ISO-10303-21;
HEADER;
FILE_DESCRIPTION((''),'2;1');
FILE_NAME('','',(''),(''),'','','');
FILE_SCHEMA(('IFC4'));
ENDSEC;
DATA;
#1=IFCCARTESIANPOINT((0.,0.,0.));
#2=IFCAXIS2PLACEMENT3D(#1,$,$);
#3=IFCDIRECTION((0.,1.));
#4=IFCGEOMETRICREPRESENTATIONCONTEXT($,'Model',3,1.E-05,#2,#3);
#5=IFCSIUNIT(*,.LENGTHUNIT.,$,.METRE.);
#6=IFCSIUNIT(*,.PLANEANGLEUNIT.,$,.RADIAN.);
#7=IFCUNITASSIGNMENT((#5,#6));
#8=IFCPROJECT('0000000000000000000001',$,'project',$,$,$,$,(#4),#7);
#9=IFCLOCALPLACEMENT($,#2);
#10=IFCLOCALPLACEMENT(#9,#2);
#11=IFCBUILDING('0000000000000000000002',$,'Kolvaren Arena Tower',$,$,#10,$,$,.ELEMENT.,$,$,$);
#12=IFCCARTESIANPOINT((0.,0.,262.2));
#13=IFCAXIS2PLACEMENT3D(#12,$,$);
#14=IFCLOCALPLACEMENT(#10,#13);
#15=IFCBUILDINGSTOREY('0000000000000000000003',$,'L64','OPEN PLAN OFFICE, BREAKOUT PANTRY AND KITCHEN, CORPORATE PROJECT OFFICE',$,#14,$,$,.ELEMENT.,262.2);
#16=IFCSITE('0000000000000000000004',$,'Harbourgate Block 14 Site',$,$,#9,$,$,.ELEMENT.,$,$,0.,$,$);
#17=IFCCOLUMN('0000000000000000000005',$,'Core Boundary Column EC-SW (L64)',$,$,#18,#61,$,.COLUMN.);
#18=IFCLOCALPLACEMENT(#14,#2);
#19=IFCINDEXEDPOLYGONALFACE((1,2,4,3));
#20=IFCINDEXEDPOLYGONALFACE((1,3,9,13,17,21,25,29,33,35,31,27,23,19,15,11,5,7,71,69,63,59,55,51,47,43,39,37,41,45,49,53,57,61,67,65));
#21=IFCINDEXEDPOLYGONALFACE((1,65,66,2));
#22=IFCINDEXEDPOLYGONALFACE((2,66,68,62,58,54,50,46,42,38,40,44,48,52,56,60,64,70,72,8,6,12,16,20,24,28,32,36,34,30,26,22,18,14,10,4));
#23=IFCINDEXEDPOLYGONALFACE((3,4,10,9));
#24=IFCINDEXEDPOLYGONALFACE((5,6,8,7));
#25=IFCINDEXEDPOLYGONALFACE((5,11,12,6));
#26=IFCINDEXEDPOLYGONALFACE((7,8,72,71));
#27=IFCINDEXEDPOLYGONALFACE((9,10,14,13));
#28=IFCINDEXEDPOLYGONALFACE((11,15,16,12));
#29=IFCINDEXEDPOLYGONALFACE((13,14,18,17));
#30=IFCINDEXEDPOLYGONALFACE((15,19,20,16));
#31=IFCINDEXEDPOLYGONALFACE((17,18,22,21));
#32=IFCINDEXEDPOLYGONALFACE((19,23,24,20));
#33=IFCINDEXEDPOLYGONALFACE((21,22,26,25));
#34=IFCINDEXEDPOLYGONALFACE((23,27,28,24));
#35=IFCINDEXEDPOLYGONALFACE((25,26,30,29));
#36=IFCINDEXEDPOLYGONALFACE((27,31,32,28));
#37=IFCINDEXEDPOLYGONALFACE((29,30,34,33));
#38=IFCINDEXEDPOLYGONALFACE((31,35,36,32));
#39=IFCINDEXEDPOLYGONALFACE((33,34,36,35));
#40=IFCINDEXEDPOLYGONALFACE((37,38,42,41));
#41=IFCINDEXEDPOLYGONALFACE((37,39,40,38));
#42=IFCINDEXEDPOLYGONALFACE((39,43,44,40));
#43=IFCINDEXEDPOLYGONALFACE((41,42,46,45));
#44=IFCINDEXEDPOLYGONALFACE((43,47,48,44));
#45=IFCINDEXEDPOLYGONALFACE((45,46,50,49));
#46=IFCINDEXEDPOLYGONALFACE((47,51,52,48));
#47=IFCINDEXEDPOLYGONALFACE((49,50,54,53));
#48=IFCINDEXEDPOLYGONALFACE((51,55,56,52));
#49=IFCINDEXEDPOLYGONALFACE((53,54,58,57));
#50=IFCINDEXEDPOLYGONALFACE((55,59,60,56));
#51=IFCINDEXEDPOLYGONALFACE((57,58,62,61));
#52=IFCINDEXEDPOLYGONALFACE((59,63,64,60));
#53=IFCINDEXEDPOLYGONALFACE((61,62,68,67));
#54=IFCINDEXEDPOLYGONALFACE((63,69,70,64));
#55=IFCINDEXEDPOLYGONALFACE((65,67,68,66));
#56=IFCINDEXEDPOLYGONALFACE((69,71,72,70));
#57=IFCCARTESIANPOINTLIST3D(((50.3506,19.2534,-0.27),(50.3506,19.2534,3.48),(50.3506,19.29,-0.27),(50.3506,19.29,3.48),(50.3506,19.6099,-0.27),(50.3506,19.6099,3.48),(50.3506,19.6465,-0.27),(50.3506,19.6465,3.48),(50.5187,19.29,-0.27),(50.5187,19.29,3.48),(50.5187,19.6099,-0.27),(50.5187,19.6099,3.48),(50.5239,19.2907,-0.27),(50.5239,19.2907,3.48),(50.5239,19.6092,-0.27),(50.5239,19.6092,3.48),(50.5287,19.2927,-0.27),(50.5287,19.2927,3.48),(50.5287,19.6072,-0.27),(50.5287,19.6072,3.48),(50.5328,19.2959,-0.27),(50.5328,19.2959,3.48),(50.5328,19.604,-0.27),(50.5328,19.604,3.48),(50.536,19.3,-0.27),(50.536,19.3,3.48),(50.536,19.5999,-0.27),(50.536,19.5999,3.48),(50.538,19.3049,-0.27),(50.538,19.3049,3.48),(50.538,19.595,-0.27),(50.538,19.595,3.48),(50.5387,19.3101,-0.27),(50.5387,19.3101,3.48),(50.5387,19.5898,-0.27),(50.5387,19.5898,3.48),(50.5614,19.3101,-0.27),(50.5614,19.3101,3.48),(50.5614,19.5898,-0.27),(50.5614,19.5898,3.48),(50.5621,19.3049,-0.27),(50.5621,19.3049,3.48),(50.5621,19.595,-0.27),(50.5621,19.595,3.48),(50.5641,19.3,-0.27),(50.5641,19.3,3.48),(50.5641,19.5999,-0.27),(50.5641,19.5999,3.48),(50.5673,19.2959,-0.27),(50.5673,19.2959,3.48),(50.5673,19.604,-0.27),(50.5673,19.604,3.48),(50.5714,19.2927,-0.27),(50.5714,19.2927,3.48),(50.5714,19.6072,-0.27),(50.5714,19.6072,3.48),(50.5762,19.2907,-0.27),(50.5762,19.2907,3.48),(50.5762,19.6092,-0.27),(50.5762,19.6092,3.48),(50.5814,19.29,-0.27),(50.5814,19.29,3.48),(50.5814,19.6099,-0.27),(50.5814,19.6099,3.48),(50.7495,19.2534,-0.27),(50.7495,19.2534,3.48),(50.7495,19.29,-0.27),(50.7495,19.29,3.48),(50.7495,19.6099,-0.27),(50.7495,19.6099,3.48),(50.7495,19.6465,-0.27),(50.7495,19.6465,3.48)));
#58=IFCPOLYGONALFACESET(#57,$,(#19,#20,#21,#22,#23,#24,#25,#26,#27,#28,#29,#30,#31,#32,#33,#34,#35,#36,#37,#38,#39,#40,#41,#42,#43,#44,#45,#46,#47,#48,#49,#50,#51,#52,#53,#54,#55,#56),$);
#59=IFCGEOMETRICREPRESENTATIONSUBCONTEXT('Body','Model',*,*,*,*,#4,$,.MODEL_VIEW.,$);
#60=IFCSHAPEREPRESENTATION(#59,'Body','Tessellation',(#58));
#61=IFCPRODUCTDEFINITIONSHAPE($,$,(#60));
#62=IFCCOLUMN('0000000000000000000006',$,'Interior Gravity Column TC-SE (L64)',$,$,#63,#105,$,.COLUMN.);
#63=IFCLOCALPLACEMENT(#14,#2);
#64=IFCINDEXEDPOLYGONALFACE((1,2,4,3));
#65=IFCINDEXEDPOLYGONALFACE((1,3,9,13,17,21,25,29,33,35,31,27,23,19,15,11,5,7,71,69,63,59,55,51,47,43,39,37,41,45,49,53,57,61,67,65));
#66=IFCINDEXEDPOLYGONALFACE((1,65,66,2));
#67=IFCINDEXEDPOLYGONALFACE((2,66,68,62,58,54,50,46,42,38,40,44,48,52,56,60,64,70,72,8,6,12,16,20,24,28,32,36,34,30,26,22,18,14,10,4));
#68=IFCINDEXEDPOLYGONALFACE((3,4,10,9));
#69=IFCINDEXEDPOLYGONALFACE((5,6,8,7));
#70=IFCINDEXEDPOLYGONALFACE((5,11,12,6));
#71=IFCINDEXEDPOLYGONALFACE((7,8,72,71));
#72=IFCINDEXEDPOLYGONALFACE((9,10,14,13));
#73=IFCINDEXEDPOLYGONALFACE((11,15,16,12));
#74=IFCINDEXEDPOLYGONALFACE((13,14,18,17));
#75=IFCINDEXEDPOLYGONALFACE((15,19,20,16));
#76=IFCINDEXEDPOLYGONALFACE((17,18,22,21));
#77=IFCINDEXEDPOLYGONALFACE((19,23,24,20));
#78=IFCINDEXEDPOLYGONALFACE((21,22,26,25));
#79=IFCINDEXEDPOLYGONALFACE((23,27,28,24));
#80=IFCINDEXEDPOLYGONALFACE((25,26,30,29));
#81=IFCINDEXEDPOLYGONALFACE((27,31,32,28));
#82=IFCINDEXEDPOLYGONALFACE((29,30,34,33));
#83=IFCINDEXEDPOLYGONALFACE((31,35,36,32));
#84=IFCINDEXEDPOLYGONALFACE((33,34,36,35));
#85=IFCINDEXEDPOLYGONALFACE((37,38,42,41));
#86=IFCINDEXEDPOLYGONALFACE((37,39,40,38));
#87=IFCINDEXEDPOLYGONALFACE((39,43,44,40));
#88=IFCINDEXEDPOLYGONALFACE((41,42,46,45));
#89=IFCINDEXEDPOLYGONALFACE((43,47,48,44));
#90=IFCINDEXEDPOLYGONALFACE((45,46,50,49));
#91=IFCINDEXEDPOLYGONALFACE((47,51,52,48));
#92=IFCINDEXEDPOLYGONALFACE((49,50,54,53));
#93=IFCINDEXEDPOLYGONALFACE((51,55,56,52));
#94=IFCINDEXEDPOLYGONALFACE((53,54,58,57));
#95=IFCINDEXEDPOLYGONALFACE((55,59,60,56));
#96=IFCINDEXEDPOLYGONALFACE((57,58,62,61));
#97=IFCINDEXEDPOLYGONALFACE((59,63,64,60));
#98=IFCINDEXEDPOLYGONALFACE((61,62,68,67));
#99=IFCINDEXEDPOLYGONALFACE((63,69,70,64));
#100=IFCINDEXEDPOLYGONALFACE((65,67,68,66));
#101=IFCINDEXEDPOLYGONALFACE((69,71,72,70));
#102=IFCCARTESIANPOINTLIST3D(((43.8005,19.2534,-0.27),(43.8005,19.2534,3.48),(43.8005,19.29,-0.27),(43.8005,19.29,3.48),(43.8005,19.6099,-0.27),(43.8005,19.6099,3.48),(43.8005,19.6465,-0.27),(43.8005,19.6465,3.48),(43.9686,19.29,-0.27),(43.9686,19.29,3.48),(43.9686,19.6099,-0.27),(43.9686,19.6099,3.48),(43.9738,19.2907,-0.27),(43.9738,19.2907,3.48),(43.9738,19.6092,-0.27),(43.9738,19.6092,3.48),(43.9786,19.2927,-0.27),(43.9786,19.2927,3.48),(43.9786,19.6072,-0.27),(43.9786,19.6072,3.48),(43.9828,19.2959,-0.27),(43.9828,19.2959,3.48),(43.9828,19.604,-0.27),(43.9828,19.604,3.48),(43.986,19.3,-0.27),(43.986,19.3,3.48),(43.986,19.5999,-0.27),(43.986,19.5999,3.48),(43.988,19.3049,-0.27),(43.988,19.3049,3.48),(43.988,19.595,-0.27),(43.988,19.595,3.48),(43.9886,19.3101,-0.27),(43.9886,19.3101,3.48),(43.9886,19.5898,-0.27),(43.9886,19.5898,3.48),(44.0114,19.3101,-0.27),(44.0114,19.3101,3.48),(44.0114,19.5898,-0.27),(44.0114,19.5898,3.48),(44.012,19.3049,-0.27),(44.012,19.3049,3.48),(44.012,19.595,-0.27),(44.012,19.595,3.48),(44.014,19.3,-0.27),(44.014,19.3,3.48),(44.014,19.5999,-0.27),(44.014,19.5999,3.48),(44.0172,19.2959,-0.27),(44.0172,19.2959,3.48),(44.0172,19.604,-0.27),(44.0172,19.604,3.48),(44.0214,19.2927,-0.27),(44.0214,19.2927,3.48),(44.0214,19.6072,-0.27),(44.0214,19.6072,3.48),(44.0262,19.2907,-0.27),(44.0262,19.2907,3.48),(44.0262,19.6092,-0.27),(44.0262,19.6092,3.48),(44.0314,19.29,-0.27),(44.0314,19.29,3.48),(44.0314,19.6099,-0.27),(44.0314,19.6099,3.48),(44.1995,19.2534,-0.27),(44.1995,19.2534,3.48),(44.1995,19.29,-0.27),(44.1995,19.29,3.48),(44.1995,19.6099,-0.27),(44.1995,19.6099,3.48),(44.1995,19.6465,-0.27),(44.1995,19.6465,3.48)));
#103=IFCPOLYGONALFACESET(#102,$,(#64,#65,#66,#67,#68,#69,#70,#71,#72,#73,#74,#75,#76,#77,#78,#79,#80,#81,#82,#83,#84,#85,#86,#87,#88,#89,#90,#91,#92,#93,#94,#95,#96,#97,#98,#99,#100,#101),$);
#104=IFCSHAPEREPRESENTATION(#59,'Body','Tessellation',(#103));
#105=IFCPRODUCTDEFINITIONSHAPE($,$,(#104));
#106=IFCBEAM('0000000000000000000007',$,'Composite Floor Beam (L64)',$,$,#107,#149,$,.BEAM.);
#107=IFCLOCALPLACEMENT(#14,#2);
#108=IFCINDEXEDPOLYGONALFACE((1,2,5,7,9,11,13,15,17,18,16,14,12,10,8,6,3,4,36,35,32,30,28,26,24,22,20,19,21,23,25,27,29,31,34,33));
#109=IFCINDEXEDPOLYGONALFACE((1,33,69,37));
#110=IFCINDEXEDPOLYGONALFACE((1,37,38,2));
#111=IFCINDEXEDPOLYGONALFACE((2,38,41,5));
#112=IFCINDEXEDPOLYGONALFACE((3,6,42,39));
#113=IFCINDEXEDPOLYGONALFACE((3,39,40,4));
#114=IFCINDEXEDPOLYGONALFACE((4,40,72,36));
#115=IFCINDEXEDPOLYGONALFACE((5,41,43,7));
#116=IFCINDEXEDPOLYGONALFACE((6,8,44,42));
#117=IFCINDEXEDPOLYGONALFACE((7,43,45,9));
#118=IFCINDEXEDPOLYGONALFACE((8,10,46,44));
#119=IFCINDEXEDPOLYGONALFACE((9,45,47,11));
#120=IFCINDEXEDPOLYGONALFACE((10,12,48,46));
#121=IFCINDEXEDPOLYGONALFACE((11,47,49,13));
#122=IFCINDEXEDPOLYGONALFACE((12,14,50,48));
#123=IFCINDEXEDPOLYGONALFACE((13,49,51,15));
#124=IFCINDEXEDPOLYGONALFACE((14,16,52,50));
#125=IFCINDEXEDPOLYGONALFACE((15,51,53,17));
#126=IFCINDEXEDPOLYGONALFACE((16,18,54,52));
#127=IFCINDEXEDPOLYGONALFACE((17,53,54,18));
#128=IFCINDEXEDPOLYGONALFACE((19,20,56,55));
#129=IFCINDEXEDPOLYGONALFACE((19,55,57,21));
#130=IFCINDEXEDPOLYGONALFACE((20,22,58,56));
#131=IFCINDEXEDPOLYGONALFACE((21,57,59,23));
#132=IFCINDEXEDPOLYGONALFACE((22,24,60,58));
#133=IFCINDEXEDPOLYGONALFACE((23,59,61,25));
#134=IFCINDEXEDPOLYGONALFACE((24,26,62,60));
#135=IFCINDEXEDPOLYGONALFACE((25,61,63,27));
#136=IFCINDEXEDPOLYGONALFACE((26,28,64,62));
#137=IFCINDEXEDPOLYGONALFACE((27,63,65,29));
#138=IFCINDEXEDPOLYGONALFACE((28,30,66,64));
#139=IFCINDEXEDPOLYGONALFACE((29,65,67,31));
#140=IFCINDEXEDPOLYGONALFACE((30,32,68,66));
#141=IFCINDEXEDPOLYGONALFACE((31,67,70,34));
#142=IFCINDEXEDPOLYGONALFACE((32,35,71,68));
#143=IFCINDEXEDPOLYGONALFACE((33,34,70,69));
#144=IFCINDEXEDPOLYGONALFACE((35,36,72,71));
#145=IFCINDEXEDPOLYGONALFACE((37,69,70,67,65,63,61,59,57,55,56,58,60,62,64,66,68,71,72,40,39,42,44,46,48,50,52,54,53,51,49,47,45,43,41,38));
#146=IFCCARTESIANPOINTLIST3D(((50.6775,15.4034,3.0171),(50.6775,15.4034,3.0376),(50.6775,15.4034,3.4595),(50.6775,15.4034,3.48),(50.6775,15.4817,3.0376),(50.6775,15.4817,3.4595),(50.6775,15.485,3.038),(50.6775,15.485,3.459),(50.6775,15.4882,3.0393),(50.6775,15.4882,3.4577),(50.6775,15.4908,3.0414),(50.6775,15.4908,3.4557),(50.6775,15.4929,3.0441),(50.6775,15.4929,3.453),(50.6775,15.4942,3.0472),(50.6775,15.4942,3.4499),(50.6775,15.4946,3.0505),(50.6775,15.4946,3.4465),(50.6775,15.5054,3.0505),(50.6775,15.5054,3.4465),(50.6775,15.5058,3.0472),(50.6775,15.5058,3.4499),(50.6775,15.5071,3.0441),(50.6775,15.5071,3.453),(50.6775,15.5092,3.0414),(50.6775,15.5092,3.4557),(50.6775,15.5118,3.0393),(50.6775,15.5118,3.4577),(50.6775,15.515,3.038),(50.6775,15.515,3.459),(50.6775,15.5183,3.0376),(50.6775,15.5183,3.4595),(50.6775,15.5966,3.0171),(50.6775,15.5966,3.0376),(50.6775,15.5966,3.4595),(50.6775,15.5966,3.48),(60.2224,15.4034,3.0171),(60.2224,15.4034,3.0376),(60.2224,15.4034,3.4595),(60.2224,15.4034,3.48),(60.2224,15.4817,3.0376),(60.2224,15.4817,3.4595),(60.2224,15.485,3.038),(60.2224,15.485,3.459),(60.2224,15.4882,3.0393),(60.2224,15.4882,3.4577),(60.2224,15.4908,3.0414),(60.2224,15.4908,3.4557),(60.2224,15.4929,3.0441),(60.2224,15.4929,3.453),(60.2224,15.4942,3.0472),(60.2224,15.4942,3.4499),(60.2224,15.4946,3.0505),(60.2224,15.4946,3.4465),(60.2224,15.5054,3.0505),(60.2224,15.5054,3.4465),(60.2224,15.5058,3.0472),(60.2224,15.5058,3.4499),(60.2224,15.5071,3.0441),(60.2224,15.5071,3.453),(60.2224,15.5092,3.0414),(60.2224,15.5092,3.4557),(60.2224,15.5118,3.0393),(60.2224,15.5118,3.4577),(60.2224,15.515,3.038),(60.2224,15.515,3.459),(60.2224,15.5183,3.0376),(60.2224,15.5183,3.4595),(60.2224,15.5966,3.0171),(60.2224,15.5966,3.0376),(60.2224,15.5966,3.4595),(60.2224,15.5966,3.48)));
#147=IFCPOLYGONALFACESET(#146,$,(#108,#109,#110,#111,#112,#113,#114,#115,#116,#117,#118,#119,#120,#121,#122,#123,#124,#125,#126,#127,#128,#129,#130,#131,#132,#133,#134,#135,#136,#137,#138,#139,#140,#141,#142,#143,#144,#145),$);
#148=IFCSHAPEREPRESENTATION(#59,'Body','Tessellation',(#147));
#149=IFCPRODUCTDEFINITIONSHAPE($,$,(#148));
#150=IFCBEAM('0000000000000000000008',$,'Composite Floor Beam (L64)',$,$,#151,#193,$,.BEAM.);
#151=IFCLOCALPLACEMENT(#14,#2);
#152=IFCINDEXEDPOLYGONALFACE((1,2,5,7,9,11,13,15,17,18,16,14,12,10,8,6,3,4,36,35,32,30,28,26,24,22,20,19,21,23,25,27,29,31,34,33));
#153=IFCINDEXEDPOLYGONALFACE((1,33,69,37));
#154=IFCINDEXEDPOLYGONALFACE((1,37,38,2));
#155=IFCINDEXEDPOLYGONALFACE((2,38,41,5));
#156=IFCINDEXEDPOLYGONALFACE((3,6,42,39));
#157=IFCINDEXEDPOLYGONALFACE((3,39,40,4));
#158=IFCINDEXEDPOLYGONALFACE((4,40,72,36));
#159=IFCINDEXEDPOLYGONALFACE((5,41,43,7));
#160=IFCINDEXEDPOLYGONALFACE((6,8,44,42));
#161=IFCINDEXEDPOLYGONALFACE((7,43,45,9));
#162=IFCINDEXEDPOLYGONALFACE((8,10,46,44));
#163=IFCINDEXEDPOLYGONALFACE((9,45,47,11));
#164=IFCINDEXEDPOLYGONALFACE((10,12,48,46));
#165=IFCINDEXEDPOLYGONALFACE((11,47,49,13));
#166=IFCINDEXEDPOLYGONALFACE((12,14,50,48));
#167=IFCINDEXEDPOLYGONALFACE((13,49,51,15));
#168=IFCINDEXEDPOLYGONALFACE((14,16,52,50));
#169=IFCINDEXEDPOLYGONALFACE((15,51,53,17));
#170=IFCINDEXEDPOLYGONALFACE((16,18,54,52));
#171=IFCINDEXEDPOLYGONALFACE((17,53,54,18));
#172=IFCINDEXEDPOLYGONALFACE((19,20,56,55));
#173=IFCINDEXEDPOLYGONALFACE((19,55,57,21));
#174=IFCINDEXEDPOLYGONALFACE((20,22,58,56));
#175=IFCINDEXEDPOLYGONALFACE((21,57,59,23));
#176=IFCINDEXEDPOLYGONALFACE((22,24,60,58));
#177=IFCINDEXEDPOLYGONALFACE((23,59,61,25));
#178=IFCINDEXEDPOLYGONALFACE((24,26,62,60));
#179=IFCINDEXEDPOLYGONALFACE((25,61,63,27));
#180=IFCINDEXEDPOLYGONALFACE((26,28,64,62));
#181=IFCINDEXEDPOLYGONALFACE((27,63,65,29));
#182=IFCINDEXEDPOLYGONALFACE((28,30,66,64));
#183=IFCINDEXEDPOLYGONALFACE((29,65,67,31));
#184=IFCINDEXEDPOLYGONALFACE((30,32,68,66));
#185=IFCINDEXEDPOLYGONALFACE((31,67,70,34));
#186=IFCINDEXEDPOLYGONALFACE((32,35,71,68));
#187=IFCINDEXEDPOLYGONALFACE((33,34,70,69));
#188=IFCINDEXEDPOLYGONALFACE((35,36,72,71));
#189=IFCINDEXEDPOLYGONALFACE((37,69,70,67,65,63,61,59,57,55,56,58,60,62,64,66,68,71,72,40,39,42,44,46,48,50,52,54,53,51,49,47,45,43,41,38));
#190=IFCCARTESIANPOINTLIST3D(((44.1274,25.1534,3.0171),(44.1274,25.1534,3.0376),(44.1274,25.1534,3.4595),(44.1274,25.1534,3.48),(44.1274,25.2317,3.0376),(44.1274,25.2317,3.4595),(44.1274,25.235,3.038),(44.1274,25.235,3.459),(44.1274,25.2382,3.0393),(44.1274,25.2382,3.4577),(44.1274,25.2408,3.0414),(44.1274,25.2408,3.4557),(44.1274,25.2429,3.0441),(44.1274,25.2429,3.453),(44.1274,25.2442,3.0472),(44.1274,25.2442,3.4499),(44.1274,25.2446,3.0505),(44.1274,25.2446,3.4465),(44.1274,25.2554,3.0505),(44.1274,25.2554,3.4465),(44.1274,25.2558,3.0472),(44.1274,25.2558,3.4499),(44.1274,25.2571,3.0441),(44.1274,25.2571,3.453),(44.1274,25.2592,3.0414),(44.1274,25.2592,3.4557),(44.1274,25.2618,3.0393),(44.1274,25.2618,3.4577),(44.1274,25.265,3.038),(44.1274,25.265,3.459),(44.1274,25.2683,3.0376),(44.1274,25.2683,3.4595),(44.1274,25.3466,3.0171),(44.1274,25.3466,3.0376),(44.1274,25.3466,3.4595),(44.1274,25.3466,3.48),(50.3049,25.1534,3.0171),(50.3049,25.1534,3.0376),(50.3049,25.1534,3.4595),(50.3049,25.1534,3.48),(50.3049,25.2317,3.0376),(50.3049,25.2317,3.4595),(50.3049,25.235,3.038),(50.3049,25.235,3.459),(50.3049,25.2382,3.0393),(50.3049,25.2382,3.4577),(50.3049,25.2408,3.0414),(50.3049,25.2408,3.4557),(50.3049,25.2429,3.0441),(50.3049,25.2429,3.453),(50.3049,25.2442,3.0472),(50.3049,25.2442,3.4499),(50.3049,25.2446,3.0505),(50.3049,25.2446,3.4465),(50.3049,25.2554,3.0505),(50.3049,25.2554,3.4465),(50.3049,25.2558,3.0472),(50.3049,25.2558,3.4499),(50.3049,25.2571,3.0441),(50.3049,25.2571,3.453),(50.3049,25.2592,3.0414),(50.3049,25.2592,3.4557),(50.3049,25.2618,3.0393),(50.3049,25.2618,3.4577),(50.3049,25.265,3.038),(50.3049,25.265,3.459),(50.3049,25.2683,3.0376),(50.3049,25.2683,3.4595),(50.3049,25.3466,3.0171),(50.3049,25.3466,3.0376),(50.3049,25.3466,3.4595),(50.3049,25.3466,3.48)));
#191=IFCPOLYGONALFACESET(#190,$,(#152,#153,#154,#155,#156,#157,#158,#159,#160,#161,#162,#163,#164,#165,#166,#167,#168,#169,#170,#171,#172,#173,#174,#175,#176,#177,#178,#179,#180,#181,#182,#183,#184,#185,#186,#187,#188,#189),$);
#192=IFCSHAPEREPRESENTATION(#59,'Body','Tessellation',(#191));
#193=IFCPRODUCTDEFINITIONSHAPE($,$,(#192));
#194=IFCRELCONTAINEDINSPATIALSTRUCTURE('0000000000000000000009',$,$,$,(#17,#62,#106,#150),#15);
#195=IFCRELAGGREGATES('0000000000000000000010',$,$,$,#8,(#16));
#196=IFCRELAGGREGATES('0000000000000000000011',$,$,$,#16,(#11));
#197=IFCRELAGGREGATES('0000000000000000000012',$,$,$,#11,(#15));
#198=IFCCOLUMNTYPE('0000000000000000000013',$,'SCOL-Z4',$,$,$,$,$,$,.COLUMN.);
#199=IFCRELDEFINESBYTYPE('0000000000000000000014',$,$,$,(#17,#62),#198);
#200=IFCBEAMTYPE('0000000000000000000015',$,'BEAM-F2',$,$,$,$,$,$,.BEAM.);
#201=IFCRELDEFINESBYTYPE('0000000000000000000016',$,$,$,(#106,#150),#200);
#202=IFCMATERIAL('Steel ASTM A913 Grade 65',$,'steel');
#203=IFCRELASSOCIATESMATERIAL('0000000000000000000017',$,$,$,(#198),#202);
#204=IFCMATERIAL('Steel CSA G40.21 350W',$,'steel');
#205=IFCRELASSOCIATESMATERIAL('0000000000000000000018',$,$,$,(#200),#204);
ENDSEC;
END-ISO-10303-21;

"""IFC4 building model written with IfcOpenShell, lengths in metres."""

from ifc_helpers import new_model, si_unit, direction, frame, origin, origin_2d, place, context, subcontext, project, spatial, i_section, extrude, material, material_profile, profile_set, type_object, element, save


model = new_model("IFC4")

# Units and contexts
model_context = context("Model", 3, precision=1e-05, world=origin(), true_north=direction((0.0, 1.0)))
body_context = subcontext(model_context, "Body", "Model", "MODEL_VIEW")
ifc_project = project(units=[si_unit("LENGTHUNIT", "METRE"), si_unit("PLANEANGLEUNIT", "RADIAN")], contexts=[model_context])

# Site, building, storey
site_placement = place(None, origin())
site = spatial("IfcSite", under=ifc_project, at=site_placement, Name="Harbourgate Block 14 Site", CompositionType="ELEMENT", RefElevation=0.0)
building_placement = place(site_placement, origin())
building = spatial("IfcBuilding", under=site, at=building_placement, Name="Kolvaren Arena Tower", CompositionType="ELEMENT")
storey_placement = place(building_placement, frame((0.0, 0.0, 262.2)))
storey = spatial("IfcBuildingStorey", under=building, at=storey_placement, Name="L64", Description="OPEN PLAN OFFICE, BREAKOUT PANTRY AND KITCHEN, CORPORATE PROJECT OFFICE", CompositionType="ELEMENT", Elevation=262.2)

# Columns
ifc_material_1 = material(Name="Steel ASTM A913 Grade 65", Category="steel")
ifc_material_profile_1 = material_profile(ifc_material_1, i_section(OverallWidth=0.3989, OverallDepth=0.3931, WebThickness=0.0227, FlangeThickness=0.0366, FilletRadius=0.02, at=origin_2d()), Name="W360x287")
ifc_profile_set_1 = profile_set([ifc_material_profile_1], Name="Steel ASTM A913 Grade 65")
column_type = type_object("IfcColumnType", Name="SCOL-Z4", PredefinedType="COLUMN", material=ifc_profile_set_1)
for number, where, z_axis, x_axis, name in (
    (1, (50.55, 19.45, -0.27), (0.0, 0.0, 1.0), (1.0, 0.0, 0.0), "Core Boundary Column EC-SW (L64)"),
    (2, (44.0, 19.45, -0.27), (0.0, 0.0, 1.0), (1.0, 0.0, 0.0), "Interior Gravity Column TC-SE (L64)"),
):
    element("IfcColumn", number, at=place(storey_placement, frame(where, z_axis=z_axis, x_axis=x_axis)), inside=storey, type_object=column_type, Name=name, PredefinedType="COLUMN", context=body_context, shape_type="SweptSolid", body=[
        extrude(i_section(OverallWidth=0.3989, OverallDepth=0.3931, WebThickness=0.0227, FlangeThickness=0.0366, FilletRadius=0.02, at=origin_2d()), origin(), (0.0, 0.0, 1.0), 3.75),
    ])

# Beams
ifc_material_2 = material(Name="Steel CSA G40.21 350W", Category="steel")
ifc_material_profile_2 = material_profile(ifc_material_2, i_section(OverallWidth=0.1931, OverallDepth=0.4629, WebThickness=0.0107, FlangeThickness=0.0205, FilletRadius=0.0129, at=origin_2d()), Name="W460x113")
ifc_profile_set_2 = profile_set([ifc_material_profile_2], Name="Steel CSA G40.21 350W")
beam_type_1 = type_object("IfcBeamType", Name="BEAM-F2", PredefinedType="BEAM", material=ifc_profile_set_2)
beam_1_placement = place(storey_placement, frame((50.6775, 15.5, 3.2485), z_axis=(1.0, 0.0, 0.0), x_axis=(0.0, 1.0, 0.0)))
element("IfcBeam", 3, at=beam_1_placement, inside=storey, type_object=beam_type_1, Name="Composite Floor Beam (L64)", PredefinedType="BEAM", context=body_context, shape_type="SweptSolid", body=[
    extrude(i_section(OverallWidth=0.1931, OverallDepth=0.4629, WebThickness=0.0107, FlangeThickness=0.0205, FilletRadius=0.0129, at=origin_2d()), origin(), (0.0, 0.0, 1.0), 9.5449),
])
beam_2_placement = place(storey_placement, frame((44.1274, 25.25, 3.2485), z_axis=(1.0, 0.0, 0.0), x_axis=(0.0, 1.0, 0.0)))
element("IfcBeam", 4, at=beam_2_placement, inside=storey, type_object=beam_type_1, Name="Composite Floor Beam (L64)", PredefinedType="BEAM", context=body_context, shape_type="SweptSolid", body=[
    extrude(i_section(OverallWidth=0.1931, OverallDepth=0.4629, WebThickness=0.0107, FlangeThickness=0.0205, FilletRadius=0.0129, at=origin_2d()), origin(), (0.0, 0.0, 1.0), 6.1775),
])

save(model, "model.ifc")
